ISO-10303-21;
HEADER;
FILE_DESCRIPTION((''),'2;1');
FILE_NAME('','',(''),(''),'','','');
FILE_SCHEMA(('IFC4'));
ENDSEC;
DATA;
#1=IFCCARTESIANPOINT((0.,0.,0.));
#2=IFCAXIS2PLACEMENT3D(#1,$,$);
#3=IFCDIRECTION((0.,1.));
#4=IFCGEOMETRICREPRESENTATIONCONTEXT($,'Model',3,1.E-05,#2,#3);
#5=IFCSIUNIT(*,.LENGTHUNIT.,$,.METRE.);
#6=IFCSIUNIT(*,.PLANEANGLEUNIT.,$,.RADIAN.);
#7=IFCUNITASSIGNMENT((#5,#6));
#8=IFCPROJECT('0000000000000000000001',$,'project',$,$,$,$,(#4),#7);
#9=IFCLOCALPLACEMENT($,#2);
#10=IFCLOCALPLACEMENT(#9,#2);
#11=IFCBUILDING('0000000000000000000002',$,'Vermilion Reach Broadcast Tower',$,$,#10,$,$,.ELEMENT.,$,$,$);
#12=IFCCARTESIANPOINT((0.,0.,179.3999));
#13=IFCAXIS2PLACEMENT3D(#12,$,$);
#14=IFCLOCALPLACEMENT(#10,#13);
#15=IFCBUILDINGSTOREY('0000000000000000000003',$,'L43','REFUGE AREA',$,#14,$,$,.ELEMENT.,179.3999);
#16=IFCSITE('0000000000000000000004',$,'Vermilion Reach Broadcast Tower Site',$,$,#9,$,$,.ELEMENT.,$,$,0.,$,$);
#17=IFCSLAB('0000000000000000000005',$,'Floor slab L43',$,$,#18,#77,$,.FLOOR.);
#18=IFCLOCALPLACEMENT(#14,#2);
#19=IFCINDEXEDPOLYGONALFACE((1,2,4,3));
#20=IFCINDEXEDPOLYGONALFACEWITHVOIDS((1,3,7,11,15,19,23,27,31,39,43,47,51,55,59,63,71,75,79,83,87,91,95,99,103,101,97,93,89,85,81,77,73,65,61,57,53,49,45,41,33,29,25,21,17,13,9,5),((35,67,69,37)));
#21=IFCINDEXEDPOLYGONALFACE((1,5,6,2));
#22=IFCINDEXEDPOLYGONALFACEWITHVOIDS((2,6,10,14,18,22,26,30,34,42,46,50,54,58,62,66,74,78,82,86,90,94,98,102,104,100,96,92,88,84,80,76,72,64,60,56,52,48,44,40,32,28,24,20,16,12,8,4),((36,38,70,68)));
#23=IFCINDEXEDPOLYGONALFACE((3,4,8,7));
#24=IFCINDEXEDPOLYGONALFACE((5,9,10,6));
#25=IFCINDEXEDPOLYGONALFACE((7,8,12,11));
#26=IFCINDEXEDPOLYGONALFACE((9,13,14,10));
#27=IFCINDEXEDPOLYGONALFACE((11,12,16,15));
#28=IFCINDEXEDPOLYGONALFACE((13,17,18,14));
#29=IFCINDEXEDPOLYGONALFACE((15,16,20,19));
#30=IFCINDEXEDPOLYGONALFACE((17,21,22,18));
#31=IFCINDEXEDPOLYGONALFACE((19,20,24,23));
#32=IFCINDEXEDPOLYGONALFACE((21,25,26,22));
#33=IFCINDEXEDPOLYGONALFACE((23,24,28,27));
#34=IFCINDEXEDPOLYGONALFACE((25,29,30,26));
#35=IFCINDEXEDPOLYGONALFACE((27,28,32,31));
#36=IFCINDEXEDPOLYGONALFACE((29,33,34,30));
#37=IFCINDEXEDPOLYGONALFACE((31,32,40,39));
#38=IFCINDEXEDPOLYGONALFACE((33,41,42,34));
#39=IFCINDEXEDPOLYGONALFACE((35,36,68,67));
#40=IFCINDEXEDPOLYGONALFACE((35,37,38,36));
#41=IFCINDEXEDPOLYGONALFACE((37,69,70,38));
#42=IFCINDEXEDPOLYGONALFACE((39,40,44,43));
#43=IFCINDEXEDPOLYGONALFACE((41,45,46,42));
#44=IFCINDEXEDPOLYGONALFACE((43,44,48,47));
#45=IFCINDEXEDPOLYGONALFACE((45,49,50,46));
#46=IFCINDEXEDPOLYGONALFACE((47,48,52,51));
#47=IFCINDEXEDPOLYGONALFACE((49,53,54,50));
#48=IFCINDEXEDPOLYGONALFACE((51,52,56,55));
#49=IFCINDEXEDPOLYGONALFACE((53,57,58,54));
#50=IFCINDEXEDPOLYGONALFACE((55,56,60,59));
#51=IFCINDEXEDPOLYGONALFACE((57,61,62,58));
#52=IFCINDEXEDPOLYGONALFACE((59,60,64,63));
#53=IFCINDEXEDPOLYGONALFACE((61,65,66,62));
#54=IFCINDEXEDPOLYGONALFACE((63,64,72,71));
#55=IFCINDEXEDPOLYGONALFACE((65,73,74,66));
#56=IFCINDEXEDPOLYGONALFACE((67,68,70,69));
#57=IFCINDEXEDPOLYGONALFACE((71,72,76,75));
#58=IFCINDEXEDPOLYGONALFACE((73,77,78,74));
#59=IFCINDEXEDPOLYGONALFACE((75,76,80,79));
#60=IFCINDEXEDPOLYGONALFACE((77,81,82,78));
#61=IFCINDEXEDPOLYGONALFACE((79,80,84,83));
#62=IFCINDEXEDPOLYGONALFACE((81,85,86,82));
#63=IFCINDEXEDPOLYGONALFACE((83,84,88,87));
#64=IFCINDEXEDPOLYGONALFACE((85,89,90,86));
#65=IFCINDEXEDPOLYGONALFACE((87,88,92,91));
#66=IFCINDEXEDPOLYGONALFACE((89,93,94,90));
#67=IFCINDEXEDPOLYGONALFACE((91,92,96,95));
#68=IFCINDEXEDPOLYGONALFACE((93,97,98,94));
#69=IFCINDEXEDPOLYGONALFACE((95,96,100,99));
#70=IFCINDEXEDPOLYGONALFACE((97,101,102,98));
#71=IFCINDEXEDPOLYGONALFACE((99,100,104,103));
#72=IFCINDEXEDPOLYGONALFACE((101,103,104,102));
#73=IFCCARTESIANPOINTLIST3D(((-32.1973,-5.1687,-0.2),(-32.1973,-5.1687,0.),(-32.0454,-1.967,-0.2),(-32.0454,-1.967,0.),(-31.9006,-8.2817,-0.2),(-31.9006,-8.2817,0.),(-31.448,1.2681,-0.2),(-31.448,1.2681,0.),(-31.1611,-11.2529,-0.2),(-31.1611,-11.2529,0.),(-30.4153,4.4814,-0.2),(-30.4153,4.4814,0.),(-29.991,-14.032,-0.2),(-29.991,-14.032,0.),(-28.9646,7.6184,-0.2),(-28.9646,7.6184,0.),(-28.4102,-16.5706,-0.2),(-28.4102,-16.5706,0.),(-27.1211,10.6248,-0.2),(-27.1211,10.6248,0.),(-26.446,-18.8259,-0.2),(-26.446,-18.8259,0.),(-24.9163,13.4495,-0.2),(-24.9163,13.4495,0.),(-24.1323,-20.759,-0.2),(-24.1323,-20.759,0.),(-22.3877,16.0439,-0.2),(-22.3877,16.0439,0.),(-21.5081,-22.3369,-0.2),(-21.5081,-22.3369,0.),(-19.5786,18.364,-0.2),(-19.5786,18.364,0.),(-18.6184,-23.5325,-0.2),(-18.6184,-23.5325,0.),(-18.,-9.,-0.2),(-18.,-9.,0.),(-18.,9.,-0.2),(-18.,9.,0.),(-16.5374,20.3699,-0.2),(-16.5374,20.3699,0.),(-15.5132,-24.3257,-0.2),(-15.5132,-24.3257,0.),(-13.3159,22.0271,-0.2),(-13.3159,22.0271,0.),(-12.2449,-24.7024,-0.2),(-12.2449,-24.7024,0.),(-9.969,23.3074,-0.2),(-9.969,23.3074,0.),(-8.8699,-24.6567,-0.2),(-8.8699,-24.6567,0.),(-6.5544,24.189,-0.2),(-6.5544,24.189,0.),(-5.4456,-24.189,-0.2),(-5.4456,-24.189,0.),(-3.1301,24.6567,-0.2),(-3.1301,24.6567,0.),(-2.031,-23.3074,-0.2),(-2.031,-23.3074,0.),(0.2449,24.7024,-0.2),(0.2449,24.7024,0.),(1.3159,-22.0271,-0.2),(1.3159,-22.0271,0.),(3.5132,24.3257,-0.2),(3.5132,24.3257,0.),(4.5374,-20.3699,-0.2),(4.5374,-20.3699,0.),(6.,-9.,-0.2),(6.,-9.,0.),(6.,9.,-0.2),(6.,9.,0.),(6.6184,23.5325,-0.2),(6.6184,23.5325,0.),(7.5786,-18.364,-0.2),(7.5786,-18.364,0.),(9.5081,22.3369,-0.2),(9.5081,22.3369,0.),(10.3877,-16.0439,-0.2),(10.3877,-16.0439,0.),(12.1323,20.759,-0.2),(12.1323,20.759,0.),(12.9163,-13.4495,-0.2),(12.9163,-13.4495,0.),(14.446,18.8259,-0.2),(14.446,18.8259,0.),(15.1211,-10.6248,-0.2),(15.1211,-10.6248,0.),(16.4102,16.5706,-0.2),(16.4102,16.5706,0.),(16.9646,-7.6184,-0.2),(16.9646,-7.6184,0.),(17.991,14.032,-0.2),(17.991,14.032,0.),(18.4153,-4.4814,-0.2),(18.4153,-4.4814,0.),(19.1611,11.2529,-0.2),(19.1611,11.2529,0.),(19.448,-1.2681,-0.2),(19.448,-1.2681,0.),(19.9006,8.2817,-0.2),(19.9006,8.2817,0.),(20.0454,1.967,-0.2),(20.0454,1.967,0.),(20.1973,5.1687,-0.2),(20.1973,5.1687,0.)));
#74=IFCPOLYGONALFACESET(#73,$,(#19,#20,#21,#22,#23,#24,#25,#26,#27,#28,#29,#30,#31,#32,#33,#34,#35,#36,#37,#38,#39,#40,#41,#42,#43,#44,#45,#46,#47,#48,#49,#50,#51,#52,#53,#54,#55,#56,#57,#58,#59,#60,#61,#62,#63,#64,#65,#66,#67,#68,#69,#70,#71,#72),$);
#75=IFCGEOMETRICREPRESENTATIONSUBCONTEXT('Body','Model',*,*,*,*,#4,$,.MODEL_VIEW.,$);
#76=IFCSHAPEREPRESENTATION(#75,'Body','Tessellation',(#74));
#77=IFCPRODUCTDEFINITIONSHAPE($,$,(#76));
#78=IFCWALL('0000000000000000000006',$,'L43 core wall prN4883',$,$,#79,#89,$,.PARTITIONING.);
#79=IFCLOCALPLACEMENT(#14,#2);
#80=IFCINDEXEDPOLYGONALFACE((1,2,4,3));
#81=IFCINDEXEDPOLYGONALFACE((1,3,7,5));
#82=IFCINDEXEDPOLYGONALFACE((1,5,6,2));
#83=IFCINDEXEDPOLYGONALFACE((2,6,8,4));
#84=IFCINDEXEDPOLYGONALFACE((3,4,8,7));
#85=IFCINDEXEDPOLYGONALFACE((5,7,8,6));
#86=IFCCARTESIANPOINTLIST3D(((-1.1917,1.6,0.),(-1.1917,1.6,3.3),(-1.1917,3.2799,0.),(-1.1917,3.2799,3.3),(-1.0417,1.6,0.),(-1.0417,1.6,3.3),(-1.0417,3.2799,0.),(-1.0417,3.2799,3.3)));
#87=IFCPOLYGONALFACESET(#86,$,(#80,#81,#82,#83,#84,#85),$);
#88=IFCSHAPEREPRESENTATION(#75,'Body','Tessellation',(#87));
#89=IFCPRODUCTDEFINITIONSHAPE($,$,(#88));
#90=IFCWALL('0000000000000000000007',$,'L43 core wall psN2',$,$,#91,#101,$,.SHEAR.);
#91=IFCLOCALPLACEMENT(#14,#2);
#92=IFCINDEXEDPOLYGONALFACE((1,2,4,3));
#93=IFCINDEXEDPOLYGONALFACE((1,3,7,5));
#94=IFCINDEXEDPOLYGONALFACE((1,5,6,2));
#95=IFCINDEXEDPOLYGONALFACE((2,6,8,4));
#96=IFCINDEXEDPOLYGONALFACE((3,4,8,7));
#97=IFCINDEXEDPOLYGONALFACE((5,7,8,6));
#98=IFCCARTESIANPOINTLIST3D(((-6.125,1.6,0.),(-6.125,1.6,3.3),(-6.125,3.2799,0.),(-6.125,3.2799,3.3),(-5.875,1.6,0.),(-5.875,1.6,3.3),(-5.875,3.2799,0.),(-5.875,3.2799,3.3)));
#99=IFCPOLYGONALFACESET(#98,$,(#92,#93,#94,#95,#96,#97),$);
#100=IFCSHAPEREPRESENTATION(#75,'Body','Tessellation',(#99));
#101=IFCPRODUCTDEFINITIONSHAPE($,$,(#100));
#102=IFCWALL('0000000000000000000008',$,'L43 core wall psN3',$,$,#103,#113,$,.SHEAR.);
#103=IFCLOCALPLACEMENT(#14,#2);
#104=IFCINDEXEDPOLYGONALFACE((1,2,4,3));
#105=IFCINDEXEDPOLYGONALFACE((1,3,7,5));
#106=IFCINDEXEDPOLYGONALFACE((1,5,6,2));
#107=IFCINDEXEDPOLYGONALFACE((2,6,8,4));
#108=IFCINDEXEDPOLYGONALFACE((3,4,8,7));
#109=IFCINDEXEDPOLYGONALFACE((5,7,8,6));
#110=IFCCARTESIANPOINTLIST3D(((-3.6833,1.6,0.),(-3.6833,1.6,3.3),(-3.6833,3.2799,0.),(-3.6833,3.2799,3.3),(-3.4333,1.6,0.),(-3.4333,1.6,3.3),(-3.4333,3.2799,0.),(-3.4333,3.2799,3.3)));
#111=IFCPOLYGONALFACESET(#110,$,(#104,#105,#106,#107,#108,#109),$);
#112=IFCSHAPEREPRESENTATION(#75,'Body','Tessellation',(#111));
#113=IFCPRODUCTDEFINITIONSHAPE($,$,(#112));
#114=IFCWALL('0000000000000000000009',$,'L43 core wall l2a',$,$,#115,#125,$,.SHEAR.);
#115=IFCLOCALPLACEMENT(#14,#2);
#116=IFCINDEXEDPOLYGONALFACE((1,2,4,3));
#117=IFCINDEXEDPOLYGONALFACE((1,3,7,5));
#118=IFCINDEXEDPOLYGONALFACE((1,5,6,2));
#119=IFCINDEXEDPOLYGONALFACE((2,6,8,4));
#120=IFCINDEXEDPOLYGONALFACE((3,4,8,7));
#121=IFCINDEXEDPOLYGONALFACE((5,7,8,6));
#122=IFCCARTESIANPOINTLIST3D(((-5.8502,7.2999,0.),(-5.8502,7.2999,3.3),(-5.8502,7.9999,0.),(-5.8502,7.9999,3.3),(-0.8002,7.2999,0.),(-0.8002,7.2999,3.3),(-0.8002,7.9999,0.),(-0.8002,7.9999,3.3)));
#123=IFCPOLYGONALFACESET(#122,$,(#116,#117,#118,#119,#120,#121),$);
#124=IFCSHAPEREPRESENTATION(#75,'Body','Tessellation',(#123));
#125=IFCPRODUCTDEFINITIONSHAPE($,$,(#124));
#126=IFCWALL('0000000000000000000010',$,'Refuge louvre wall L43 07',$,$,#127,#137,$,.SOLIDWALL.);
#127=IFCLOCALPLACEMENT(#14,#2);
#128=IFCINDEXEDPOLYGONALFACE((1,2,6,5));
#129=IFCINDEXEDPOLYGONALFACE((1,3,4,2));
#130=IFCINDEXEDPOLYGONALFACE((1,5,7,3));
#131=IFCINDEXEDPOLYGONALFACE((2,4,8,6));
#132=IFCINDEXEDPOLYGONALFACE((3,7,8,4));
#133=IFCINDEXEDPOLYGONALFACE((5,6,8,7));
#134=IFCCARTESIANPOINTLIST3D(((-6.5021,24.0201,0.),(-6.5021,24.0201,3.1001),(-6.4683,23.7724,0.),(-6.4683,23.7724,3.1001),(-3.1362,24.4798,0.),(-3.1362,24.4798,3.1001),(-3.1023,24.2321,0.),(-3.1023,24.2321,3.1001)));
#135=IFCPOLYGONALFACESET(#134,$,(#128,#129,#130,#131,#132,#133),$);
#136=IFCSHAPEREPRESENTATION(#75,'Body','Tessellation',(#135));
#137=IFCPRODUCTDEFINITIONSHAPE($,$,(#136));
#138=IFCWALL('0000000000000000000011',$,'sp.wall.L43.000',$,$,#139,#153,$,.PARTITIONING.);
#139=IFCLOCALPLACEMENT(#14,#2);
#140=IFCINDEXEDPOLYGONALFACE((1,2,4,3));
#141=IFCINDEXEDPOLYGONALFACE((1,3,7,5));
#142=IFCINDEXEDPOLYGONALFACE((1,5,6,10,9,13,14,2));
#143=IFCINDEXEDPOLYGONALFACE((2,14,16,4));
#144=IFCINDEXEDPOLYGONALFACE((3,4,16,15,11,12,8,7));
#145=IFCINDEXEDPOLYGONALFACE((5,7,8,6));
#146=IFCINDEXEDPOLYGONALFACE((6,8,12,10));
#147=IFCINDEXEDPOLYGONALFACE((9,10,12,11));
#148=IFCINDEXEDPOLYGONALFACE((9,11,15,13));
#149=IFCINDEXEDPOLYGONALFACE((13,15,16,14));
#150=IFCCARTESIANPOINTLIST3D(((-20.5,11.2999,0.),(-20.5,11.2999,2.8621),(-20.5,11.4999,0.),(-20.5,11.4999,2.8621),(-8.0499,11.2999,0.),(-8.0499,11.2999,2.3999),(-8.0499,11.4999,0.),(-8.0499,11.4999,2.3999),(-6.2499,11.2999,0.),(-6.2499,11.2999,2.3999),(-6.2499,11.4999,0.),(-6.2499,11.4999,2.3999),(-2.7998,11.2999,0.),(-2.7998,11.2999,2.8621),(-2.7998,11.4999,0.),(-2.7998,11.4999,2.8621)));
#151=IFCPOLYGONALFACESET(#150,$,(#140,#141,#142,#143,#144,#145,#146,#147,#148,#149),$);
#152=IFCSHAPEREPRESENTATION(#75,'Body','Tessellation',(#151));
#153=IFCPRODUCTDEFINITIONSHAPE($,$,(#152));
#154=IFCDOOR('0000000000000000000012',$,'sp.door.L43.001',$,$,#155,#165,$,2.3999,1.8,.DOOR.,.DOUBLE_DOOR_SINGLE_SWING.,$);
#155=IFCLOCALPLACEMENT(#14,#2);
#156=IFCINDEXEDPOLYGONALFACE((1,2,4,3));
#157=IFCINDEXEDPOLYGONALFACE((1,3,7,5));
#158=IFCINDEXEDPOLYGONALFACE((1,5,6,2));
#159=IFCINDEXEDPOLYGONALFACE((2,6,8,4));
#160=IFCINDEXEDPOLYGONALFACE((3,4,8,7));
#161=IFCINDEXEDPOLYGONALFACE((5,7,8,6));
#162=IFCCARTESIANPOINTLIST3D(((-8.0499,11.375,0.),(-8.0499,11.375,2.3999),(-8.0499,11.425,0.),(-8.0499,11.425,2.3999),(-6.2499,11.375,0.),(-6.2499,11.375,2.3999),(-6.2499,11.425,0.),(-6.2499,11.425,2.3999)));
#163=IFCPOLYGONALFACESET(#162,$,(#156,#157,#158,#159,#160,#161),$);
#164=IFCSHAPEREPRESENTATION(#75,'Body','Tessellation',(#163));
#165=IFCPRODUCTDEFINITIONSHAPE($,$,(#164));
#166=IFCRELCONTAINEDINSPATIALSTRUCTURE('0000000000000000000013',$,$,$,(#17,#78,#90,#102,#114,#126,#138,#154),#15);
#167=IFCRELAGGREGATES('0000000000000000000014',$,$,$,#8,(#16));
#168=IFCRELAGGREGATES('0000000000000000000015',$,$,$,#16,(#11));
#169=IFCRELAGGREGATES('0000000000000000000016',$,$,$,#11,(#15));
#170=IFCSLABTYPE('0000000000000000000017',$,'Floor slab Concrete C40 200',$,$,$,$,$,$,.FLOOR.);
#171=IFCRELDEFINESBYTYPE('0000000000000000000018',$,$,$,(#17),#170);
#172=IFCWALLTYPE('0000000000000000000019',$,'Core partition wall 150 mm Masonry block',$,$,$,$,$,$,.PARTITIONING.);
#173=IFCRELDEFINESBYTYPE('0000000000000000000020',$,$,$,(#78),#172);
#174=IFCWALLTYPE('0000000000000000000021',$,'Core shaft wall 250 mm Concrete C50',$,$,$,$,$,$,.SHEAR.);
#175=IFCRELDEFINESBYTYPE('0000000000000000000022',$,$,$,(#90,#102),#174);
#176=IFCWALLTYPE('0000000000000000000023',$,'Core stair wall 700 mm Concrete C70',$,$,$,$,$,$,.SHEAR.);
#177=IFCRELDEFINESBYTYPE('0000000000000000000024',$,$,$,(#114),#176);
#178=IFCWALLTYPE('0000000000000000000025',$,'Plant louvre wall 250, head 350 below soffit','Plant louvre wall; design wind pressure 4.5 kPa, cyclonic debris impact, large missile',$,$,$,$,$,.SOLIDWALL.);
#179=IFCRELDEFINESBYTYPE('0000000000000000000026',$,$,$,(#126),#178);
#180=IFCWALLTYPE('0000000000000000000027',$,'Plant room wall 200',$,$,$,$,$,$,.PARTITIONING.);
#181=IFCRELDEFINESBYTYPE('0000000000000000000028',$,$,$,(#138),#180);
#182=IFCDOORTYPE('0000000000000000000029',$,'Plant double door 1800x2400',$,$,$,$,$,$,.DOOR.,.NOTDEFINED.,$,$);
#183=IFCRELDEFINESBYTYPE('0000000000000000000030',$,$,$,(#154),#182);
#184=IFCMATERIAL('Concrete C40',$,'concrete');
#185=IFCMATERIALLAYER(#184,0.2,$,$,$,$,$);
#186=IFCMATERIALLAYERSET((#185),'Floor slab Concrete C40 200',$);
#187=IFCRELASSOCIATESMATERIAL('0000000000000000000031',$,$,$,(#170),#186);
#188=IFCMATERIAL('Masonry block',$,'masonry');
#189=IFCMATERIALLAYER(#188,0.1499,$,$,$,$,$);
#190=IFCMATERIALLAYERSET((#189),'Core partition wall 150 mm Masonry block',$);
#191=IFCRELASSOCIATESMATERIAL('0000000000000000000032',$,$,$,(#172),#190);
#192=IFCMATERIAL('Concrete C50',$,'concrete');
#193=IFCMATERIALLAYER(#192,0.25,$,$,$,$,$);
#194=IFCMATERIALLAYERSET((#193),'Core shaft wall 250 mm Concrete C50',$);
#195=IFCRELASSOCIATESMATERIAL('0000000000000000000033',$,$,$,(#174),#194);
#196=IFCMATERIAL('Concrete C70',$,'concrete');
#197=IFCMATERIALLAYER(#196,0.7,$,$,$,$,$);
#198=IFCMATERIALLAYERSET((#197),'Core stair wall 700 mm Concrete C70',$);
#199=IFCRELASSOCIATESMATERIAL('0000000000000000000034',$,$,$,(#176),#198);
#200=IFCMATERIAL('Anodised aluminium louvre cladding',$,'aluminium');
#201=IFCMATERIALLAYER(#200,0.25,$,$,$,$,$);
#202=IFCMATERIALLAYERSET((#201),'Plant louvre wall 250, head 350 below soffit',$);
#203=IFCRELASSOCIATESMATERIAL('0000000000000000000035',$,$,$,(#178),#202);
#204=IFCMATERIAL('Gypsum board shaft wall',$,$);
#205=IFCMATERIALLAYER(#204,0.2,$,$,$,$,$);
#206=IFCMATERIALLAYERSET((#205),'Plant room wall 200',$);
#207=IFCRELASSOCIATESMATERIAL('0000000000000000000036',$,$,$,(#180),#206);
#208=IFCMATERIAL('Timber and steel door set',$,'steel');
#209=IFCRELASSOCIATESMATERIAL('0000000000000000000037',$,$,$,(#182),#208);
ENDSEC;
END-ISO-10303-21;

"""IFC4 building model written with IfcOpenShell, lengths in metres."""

from ifc_helpers import new_model, si_unit, direction, frame, frame_2d, origin, place, context, subcontext, project, spatial, polyline, rectangle, outline, extrude, material, layer, layer_set, type_object, element, fill, save


model = new_model("IFC4")

# Units and contexts
model_context = context("Model", 3, precision=1e-05, world=origin(), true_north=direction((0.0, 1.0)))
body_context = subcontext(model_context, "Body", "Model", "MODEL_VIEW")
ifc_project = project(units=[si_unit("LENGTHUNIT", "METRE"), si_unit("PLANEANGLEUNIT", "RADIAN")], contexts=[model_context])

# Site, building, storey
site_placement = place(None, origin())
site = spatial("IfcSite", under=ifc_project, at=site_placement, Name="Vermilion Reach Broadcast Tower Site", CompositionType="ELEMENT", RefElevation=0.0)
building_placement = place(site_placement, origin())
building = spatial("IfcBuilding", under=site, at=building_placement, Name="Vermilion Reach Broadcast Tower", CompositionType="ELEMENT")
storey_placement = place(building_placement, frame((0.0, 0.0, 179.3999)))
storey = spatial("IfcBuildingStorey", under=building, at=storey_placement, Name="L43", Description="REFUGE AREA", CompositionType="ELEMENT", Elevation=179.3999)

# Slab
ifc_material_1 = material(Name="Concrete C40", Category="concrete")
ifc_layer_1 = layer(ifc_material_1, 0.2)
ifc_layer_set_1 = layer_set([ifc_layer_1], Name="Floor slab Concrete C40 200")
slab_type_1 = type_object("IfcSlabType", Name="Floor slab Concrete C40 200", PredefinedType="FLOOR", material=ifc_layer_set_1)
slab_1_placement = place(storey_placement, frame((0.0, 0.0, -0.2)))
element("IfcSlab", 1, at=slab_1_placement, inside=storey, type_object=slab_type_1, Name="Floor slab L43", PredefinedType="FLOOR", context=body_context, shape_type="SweptSolid", body=[
    extrude(outline(polyline([(16.4102, 16.5706), (14.446, 18.8259), (12.1323, 20.759), (9.5081, 22.3369), (6.6184, 23.5325), (3.5132, 24.3257), (0.2449, 24.7024), (-3.1301, 24.6567), (-6.5544, 24.189), (-9.969, 23.3074), (-13.3159, 22.0271), (-16.5374, 20.3699), (-19.5786, 18.364), (-22.3877, 16.0439), (-24.9163, 13.4495), (-27.1211, 10.6248), (-28.9646, 7.6184), (-30.4153, 4.4814), (-31.448, 1.2681), (-32.0454, -1.967), (-32.1973, -5.1687), (-31.9006, -8.2817), (-31.1611, -11.2529), (-29.991, -14.032), (-28.4102, -16.5706), (-26.446, -18.8259), (-24.1323, -20.759), (-21.5081, -22.3369), (-18.6184, -23.5325), (-15.5132, -24.3257), (-12.2449, -24.7024), (-8.8699, -24.6567), (-5.4456, -24.189), (-2.031, -23.3074), (1.3159, -22.0271), (4.5374, -20.3699), (7.5786, -18.364), (10.3877, -16.0439), (12.9163, -13.4495), (15.1211, -10.6248), (16.9646, -7.6184), (18.4153, -4.4814), (19.448, -1.2681), (20.0454, 1.967), (20.1973, 5.1687), (19.9006, 8.2817), (19.1611, 11.2529), (17.991, 14.032), (16.4102, 16.5706)]), holes=[polyline([(-18.0, -9.0), (6.0, -9.0), (6.0, 9.0), (-18.0, 9.0), (-18.0, -9.0)])]), origin(), (0.0, 0.0, 1.0), 0.2),
])

# Walls
ifc_material_2 = material(Name="Masonry block", Category="masonry")
ifc_layer_2 = layer(ifc_material_2, 0.1499)
ifc_layer_set_2 = layer_set([ifc_layer_2], Name="Core partition wall 150 mm Masonry block")
wall_type_1 = type_object("IfcWallType", Name="Core partition wall 150 mm Masonry block", PredefinedType="PARTITIONING", material=ifc_layer_set_2)
wall_1_placement = place(storey_placement, frame((-1.1167, 1.6001, 0.0), z_axis=(0.0, 0.0, 1.0), x_axis=(0.0, 1.0, 0.0)))
element("IfcWall", 2, at=wall_1_placement, inside=storey, type_object=wall_type_1, Name="L43 core wall prN4883", PredefinedType="PARTITIONING", context=body_context, shape_type="SweptSolid", body=[
    extrude(rectangle(XDim=1.6799, YDim=0.1499, at=frame_2d((0.8398, 0.0))), origin(), (0.0, 0.0, 1.0), 3.3),
])
ifc_material_3 = material(Name="Concrete C50", Category="concrete")
ifc_layer_3 = layer(ifc_material_3, 0.25)
ifc_layer_set_3 = layer_set([ifc_layer_3], Name="Core shaft wall 250 mm Concrete C50")
wall_type_2 = type_object("IfcWallType", Name="Core shaft wall 250 mm Concrete C50", PredefinedType="SHEAR", material=ifc_layer_set_3)
for number, where, z_axis, x_axis, name in (
    (3, (-6.0, 1.6001, 0.0), (0.0, 0.0, 1.0), (0.0, 1.0, 0.0), "L43 core wall psN2"),
    (4, (-3.5583, 1.6001, 0.0), (0.0, 0.0, 1.0), (0.0, 1.0, 0.0), "L43 core wall psN3"),
):
    element("IfcWall", number, at=place(storey_placement, frame(where, z_axis=z_axis, x_axis=x_axis)), inside=storey, type_object=wall_type_2, Name=name, PredefinedType="SHEAR", context=body_context, shape_type="SweptSolid", body=[
        extrude(rectangle(XDim=1.6799, YDim=0.25, at=frame_2d((0.8398, 0.0))), origin(), (0.0, 0.0, 1.0), 3.3),
    ])
ifc_material_4 = material(Name="Concrete C70", Category="concrete")
ifc_layer_4 = layer(ifc_material_4, 0.7)
ifc_layer_set_4 = layer_set([ifc_layer_4], Name="Core stair wall 700 mm Concrete C70")
wall_type_3 = type_object("IfcWallType", Name="Core stair wall 700 mm Concrete C70", PredefinedType="SHEAR", material=ifc_layer_set_4)
wall_2_placement = place(storey_placement, frame((-5.8501, 7.6499, 0.0), z_axis=(0.0, 0.0, 1.0), x_axis=(1.0, 0.0, 0.0)))
element("IfcWall", 5, at=wall_2_placement, inside=storey, type_object=wall_type_3, Name="L43 core wall l2a", PredefinedType="SHEAR", context=body_context, shape_type="SweptSolid", body=[
    extrude(rectangle(XDim=5.05, YDim=0.7, at=frame_2d((2.5249, 0.0))), origin(), (0.0, 0.0, 1.0), 3.3),
])
ifc_material_5 = material(Name="Anodised aluminium louvre cladding", Category="aluminium")
ifc_layer_5 = layer(ifc_material_5, 0.25)
ifc_layer_set_5 = layer_set([ifc_layer_5], Name="Plant louvre wall 250, head 350 below soffit")
wall_type_4 = type_object("IfcWallType", Name="Plant louvre wall 250, head 350 below soffit", Description="Plant louvre wall; design wind pressure 4.5 kPa, cyclonic debris impact, large missile", PredefinedType="SOLIDWALL", material=ifc_layer_set_5)
wall_3_placement = place(storey_placement, frame((-3.1191, 24.356, 0.0), z_axis=(0.0, 0.0, 1.0), x_axis=(-0.990802, -0.135322, 0.0)))
element("IfcWall", 6, at=wall_3_placement, inside=storey, type_object=wall_type_4, Name="Refuge louvre wall L43 07", PredefinedType="SOLIDWALL", context=body_context, shape_type="SweptSolid", body=[
    extrude(rectangle(XDim=3.3972, YDim=0.25, at=frame_2d((1.6987, 0.0))), origin(), (0.0, 0.0, 1.0), 3.1001),
])

# Wall, opening, door
ifc_material_6 = material(Name="Gypsum board shaft wall")
ifc_layer_6 = layer(ifc_material_6, 0.2)
ifc_layer_set_6 = layer_set([ifc_layer_6], Name="Plant room wall 200")
wall_type_5 = type_object("IfcWallType", Name="Plant room wall 200", PredefinedType="PARTITIONING", material=ifc_layer_set_6)
wall_4_placement = place(storey_placement, frame((-2.7998, 11.3999, 0.0), z_axis=(0.0, 0.0, 1.0), x_axis=(-1.0, 0.0, 0.0)))
wall_4 = element("IfcWall", 7, at=wall_4_placement, inside=storey, type_object=wall_type_5, Name="sp.wall.L43.000", PredefinedType="PARTITIONING", context=body_context, shape_type="SweptSolid", body=[
    extrude(rectangle(XDim=17.7002, YDim=0.2, at=frame_2d((8.8501, 0.0))), origin(), (0.0, 0.0, 1.0), 2.8621),
])
opening_1_placement = place(wall_4_placement, frame((3.4502, 0.0, 0.0)))
opening_1 = element("IfcOpeningElement", 8, at=opening_1_placement, cuts=wall_4, PredefinedType="OPENING", context=body_context, shape_type="SweptSolid", body=[
    extrude(rectangle(XDim=1.8, YDim=2.3999, at=frame_2d((0.8999, 1.2))), frame((0.0, 0.1099, 0.0), z_axis=(0.0, -1.0, 0.0), x_axis=(1.0, 0.0, 0.0)), (0.0, 0.0, 1.0), 0.22),
])
ifc_material_7 = material(Name="Timber and steel door set", Category="steel")
door_type_1 = type_object("IfcDoorType", Name="Plant double door 1800x2400", OperationType="NOTDEFINED", PredefinedType="DOOR", material=ifc_material_7)
door_1_placement = place(opening_1_placement, origin())
door_1 = element("IfcDoor", 9, at=door_1_placement, inside=storey, type_object=door_type_1, Name="sp.door.L43.001", OperationType="DOUBLE_DOOR_SINGLE_SWING", OverallHeight=2.3999, OverallWidth=1.8, PredefinedType="DOOR", context=body_context, shape_type="SweptSolid", body=[
    extrude(rectangle(XDim=1.8, YDim=2.3999, at=frame_2d((0.8999, 1.2))), frame((0.0, 0.0249, 0.0), z_axis=(0.0, -1.0, 0.0), x_axis=(1.0, 0.0, 0.0)), (0.0, 0.0, 1.0), 0.05),
])
fill(opening_1, door_1)

save(model, "model.ifc")
